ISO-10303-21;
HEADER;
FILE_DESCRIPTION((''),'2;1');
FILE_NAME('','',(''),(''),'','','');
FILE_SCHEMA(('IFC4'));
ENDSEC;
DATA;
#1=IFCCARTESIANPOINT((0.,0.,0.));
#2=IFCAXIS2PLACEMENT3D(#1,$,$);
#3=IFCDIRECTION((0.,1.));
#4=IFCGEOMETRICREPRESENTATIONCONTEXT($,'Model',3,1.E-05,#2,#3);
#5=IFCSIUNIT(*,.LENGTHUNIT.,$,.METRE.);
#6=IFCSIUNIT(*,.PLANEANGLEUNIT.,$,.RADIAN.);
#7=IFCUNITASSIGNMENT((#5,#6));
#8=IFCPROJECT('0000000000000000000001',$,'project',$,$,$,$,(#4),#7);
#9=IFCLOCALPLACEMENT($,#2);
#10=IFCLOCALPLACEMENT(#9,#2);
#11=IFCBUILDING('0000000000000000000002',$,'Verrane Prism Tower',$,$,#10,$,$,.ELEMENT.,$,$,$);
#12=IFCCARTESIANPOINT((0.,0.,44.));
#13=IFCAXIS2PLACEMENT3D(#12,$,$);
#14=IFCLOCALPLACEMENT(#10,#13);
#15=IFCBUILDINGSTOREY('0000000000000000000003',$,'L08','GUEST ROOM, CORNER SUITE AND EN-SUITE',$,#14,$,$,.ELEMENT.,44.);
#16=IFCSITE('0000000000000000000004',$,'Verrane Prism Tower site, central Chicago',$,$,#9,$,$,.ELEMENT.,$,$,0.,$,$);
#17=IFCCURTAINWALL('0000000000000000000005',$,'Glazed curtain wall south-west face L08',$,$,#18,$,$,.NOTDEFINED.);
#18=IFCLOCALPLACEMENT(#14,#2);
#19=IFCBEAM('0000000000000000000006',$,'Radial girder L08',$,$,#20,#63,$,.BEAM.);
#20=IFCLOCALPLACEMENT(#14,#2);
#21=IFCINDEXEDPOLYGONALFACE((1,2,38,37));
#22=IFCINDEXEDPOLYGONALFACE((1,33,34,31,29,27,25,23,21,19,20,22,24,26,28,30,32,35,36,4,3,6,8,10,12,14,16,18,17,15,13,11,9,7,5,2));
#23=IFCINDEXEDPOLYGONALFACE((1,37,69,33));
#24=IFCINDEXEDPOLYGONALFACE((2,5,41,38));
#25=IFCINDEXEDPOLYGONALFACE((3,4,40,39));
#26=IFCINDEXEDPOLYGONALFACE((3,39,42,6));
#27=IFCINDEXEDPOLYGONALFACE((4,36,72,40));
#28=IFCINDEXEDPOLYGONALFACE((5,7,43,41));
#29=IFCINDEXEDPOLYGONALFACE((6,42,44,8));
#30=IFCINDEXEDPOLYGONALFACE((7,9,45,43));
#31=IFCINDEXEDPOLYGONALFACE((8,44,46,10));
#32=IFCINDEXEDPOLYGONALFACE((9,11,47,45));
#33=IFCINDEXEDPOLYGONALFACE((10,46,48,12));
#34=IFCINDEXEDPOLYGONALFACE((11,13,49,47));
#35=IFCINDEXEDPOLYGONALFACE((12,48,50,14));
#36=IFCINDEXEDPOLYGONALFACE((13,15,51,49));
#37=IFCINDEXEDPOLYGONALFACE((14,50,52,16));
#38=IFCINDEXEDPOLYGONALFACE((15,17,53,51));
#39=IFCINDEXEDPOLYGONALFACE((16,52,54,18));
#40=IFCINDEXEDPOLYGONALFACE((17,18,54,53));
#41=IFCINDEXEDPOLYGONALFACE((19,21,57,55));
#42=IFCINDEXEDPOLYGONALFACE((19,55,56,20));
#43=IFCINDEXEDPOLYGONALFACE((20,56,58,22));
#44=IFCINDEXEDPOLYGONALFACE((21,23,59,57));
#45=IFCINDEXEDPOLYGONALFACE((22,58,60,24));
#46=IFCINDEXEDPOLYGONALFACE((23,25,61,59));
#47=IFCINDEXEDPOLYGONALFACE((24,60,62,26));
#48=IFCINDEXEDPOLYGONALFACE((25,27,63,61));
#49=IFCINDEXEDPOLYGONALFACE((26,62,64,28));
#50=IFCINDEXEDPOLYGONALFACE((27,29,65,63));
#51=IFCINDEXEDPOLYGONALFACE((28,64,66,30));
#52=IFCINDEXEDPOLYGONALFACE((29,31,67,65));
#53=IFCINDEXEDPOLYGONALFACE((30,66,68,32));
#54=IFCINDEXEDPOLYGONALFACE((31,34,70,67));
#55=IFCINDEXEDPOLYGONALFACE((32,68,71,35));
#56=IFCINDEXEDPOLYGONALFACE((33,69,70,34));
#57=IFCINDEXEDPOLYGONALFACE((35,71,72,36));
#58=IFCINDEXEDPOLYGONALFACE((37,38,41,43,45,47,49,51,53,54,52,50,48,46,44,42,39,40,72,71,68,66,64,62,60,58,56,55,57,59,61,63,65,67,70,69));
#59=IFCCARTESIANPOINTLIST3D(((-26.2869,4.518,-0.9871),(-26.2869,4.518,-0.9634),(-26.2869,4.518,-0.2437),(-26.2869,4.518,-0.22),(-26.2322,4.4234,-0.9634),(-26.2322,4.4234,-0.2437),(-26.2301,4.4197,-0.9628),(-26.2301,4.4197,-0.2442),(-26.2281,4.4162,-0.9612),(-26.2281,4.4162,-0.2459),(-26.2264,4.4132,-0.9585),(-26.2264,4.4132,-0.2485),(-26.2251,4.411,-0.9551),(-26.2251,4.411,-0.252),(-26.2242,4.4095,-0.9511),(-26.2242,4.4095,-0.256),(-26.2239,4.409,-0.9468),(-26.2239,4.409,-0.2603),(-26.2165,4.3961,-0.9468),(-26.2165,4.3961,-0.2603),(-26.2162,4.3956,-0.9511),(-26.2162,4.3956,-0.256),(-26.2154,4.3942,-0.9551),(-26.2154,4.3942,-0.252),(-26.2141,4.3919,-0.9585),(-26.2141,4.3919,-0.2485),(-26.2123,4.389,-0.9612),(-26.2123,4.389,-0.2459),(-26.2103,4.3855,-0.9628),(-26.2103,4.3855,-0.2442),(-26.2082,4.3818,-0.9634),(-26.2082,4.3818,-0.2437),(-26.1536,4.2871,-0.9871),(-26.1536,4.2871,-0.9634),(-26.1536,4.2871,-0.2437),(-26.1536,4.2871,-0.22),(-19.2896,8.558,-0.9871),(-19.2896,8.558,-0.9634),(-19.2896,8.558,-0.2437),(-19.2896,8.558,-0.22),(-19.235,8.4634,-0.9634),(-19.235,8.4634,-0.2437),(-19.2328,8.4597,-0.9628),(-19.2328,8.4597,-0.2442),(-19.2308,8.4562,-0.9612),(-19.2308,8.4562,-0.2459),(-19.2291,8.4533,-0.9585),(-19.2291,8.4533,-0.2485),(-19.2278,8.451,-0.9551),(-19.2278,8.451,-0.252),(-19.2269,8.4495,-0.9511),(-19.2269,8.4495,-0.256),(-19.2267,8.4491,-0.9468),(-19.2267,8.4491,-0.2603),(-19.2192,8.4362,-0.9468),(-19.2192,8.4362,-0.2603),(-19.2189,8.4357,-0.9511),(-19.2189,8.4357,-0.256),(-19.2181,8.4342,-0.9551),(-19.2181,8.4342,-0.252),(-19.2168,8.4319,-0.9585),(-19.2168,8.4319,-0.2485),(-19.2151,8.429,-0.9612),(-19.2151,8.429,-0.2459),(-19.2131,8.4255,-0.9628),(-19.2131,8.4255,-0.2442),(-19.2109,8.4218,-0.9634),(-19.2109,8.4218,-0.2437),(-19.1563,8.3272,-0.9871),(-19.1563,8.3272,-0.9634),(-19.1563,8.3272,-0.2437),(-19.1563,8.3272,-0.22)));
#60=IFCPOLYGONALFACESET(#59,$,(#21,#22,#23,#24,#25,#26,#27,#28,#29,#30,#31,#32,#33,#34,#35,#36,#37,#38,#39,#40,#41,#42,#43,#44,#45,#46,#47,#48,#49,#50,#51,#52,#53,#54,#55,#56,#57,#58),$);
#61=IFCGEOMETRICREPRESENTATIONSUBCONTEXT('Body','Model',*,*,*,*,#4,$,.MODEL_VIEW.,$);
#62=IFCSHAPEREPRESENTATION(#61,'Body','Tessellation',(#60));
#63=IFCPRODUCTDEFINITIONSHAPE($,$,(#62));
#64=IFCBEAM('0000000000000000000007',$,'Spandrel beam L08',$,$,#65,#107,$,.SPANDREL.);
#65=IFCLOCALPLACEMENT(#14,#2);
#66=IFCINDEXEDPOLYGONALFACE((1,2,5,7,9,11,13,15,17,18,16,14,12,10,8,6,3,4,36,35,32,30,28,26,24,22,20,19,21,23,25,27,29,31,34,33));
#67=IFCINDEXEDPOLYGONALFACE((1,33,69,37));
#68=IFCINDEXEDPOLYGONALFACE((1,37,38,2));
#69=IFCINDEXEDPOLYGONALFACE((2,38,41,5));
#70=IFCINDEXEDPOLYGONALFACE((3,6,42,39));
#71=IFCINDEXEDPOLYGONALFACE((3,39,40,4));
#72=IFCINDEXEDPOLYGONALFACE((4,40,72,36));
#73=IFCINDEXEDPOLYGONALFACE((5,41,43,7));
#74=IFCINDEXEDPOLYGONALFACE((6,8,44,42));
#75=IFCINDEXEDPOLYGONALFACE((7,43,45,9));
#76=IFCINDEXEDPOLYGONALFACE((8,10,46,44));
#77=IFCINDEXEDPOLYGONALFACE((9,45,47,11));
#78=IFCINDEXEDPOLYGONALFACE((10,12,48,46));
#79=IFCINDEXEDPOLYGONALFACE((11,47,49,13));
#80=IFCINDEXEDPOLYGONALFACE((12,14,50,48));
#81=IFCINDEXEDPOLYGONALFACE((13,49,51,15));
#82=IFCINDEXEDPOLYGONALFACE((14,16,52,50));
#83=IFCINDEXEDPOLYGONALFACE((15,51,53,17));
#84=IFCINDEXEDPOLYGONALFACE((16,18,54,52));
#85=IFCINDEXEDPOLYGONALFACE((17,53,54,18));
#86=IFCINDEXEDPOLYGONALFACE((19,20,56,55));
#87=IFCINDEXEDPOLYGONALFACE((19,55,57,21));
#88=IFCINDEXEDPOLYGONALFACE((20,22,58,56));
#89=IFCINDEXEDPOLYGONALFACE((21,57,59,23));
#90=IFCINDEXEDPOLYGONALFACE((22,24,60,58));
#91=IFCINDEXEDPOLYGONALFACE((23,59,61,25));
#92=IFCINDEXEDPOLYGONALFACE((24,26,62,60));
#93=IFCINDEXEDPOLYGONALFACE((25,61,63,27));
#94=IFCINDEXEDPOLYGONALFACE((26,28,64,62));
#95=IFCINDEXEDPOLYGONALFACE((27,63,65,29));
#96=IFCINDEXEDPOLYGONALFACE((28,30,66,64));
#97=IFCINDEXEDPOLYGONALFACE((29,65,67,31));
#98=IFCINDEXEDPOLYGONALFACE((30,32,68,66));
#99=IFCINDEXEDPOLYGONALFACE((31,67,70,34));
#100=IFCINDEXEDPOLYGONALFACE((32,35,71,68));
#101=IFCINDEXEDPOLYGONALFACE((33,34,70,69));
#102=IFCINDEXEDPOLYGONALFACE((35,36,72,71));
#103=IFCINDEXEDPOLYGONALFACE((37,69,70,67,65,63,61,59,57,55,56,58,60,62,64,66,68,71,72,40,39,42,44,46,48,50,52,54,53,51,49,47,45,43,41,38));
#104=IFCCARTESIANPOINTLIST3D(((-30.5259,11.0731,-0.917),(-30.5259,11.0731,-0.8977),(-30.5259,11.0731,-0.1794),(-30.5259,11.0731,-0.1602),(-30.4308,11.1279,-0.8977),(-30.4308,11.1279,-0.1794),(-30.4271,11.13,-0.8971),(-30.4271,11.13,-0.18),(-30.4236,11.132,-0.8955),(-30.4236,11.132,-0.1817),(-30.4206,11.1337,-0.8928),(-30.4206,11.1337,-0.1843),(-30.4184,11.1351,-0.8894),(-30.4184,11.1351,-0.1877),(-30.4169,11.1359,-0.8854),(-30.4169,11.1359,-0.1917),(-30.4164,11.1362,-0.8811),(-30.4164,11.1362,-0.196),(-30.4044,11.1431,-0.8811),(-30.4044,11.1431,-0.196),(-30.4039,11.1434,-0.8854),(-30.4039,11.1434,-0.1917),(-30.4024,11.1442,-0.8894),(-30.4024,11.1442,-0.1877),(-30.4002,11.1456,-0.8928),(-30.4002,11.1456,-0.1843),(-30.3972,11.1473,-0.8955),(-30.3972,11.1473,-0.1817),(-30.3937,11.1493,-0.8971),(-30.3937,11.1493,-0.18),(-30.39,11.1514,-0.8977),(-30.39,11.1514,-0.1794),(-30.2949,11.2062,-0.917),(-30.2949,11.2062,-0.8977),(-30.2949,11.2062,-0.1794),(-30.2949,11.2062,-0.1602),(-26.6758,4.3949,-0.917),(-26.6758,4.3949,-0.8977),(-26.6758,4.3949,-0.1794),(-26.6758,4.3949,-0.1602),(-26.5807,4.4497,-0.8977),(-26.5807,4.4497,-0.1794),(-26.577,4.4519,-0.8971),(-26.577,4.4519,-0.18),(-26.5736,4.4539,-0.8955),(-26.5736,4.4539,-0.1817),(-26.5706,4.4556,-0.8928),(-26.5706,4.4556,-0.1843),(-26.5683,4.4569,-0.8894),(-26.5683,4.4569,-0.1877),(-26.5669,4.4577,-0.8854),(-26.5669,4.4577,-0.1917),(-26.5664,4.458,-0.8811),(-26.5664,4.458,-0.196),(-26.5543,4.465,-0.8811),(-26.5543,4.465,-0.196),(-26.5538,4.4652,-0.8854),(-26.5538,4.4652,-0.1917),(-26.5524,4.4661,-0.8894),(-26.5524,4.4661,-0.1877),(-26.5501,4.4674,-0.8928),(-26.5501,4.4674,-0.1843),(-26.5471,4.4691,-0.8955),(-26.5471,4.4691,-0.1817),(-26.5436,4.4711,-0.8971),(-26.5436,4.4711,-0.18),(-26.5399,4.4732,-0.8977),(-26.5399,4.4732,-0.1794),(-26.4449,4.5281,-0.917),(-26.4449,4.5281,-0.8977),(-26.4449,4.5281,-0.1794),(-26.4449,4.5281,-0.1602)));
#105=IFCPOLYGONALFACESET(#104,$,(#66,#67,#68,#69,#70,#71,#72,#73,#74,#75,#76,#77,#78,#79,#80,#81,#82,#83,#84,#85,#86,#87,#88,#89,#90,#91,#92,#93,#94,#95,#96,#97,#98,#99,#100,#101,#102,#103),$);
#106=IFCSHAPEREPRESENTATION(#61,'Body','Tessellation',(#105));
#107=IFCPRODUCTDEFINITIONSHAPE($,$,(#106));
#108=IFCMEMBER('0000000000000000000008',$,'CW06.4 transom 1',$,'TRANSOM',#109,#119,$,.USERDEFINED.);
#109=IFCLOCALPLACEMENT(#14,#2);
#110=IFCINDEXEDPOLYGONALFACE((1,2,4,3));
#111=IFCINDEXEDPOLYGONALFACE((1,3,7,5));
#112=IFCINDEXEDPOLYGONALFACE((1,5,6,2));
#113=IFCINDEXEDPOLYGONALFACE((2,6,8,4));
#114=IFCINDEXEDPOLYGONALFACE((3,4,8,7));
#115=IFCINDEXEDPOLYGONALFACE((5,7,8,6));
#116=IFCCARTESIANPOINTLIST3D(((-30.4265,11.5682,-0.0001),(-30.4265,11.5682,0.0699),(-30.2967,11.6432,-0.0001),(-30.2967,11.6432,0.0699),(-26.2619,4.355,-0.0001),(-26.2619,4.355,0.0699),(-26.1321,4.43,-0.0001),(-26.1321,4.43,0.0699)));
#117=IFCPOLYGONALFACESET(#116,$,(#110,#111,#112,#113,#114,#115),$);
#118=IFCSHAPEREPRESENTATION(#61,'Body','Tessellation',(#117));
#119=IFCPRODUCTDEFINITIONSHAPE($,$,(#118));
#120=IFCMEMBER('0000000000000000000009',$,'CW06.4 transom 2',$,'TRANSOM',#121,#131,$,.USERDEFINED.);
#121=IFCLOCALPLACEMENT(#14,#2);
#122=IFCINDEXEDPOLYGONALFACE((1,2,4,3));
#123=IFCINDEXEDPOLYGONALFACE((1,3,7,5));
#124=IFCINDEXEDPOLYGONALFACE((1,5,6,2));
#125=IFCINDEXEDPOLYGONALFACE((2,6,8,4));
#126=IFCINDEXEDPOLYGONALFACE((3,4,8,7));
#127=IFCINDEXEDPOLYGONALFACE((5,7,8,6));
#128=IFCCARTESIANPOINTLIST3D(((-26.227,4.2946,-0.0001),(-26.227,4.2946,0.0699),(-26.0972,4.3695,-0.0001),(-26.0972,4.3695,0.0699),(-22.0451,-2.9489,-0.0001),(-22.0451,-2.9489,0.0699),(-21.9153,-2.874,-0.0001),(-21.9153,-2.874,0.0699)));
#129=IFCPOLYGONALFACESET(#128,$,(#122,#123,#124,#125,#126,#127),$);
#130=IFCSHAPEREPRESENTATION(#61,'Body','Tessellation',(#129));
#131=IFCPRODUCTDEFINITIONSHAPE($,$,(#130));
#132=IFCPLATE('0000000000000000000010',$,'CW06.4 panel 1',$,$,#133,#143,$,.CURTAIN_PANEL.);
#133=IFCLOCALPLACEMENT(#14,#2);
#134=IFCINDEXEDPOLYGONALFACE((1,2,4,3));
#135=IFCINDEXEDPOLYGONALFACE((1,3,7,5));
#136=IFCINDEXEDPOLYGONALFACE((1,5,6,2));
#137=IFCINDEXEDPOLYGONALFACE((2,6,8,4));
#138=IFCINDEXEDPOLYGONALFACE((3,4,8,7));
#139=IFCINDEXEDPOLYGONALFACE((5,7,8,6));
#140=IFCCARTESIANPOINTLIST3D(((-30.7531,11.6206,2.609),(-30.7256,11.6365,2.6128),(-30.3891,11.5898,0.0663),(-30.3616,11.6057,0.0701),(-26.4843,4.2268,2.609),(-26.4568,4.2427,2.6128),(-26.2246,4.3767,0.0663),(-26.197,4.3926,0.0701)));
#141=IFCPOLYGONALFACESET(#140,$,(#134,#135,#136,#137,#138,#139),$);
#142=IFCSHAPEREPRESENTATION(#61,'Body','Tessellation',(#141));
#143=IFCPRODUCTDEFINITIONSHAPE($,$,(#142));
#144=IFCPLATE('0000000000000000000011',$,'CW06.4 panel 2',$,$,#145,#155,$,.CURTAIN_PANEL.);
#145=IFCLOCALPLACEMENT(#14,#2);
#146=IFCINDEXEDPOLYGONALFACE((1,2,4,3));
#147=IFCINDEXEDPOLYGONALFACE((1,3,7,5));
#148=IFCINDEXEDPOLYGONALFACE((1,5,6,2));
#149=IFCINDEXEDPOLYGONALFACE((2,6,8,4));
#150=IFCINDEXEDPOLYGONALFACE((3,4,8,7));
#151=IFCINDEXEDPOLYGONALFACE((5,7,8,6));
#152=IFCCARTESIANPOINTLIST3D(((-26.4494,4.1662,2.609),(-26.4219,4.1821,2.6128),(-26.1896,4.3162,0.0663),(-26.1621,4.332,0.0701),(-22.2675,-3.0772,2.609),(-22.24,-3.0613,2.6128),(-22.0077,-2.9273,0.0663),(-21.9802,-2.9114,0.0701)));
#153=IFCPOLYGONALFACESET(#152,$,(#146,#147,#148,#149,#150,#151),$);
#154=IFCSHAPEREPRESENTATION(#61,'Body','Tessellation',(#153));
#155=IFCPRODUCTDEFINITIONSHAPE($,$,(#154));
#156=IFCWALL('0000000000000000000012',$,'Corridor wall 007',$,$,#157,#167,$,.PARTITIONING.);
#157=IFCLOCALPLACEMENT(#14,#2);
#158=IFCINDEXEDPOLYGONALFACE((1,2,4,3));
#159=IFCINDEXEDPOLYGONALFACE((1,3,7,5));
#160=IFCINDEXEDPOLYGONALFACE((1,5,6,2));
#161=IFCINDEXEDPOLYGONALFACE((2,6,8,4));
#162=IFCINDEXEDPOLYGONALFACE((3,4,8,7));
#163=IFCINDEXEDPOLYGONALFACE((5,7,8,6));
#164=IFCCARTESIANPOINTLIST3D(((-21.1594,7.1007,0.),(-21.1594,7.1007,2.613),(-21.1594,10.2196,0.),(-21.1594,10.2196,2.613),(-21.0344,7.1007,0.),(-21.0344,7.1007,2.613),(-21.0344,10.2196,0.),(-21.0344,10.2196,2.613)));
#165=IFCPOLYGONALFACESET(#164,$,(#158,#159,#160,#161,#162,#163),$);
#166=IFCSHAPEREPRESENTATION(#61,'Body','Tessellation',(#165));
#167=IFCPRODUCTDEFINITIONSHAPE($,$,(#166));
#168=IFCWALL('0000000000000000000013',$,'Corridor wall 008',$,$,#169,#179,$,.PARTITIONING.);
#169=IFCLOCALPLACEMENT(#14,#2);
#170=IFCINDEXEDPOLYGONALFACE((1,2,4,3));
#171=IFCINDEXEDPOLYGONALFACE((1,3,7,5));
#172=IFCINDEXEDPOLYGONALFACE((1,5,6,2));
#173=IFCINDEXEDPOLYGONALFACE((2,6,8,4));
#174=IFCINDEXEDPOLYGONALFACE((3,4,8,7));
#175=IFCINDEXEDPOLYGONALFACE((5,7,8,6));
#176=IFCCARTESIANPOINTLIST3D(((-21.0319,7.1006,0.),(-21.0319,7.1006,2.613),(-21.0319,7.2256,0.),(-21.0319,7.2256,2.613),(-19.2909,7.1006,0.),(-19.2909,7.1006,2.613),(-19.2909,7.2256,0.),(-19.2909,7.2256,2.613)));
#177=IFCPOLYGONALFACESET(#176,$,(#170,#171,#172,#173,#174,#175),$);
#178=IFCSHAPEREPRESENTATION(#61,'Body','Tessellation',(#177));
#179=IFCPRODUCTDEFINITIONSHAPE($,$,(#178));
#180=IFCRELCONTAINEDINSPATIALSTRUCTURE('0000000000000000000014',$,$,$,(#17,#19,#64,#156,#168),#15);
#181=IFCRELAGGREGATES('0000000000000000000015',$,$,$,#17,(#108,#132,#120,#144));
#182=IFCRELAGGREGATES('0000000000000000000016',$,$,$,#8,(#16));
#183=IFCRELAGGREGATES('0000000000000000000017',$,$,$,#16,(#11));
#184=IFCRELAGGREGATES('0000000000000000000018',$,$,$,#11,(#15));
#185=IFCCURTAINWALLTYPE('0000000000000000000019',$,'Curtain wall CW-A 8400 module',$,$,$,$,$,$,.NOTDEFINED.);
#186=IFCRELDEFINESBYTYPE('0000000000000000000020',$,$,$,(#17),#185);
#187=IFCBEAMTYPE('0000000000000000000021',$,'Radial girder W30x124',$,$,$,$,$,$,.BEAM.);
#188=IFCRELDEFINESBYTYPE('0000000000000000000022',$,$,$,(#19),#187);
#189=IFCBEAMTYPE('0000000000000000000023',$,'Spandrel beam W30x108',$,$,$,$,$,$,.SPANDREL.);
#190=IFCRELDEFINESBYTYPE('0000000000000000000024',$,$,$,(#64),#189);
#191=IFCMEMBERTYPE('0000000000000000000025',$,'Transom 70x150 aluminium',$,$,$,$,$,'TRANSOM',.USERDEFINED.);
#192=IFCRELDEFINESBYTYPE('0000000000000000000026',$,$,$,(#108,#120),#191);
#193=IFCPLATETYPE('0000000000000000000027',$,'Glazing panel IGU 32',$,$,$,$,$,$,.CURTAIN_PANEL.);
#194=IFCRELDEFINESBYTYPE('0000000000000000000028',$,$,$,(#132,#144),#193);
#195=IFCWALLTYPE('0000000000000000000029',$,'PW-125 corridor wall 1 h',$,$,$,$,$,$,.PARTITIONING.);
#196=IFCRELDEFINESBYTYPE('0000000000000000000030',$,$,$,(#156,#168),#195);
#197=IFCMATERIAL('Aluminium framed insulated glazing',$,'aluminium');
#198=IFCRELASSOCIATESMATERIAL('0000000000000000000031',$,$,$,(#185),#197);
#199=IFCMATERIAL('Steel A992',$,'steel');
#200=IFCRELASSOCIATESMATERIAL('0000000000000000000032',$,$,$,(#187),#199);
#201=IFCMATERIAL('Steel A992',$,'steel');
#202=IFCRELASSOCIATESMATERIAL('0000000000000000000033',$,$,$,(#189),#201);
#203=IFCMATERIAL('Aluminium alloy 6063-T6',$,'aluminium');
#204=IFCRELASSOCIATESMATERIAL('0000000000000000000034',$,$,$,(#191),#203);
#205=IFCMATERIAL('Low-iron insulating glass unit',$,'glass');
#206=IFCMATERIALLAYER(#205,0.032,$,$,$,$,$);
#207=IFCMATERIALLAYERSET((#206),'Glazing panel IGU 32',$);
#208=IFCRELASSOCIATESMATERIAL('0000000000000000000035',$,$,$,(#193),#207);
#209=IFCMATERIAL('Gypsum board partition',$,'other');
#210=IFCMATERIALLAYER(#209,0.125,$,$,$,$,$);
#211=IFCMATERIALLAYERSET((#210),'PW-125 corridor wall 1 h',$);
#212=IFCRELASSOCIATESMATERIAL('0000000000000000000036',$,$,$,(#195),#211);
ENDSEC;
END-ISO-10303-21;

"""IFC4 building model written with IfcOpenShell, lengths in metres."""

from ifc_helpers import new_model, si_unit, direction, frame, frame_2d, origin, origin_2d, place, context, subcontext, project, spatial, polyline, rectangle, i_section, outline, extrude, material, layer, layer_set, material_profile, profile_set, type_object, element, aggregate, save


model = new_model("IFC4")

# Units and contexts
model_context = context("Model", 3, precision=1e-05, world=origin(), true_north=direction((0.0, 1.0)))
body_context = subcontext(model_context, "Body", "Model", "MODEL_VIEW")
ifc_project = project(units=[si_unit("LENGTHUNIT", "METRE"), si_unit("PLANEANGLEUNIT", "RADIAN")], contexts=[model_context])

# Site, building, storey
site_placement = place(None, origin())
site = spatial("IfcSite", under=ifc_project, at=site_placement, Name="Verrane Prism Tower site, central Chicago", CompositionType="ELEMENT", RefElevation=0.0)
building_placement = place(site_placement, origin())
building = spatial("IfcBuilding", under=site, at=building_placement, Name="Verrane Prism Tower", CompositionType="ELEMENT")
storey_placement = place(building_placement, frame((0.0, 0.0, 44.0)))
storey = spatial("IfcBuildingStorey", under=building, at=storey_placement, Name="L08", Description="GUEST ROOM, CORNER SUITE AND EN-SUITE", CompositionType="ELEMENT", Elevation=44.0)

# Curtain wall
ifc_material_1 = material(Name="Aluminium framed insulated glazing", Category="aluminium")
curtain_wall_type = type_object("IfcCurtainWallType", Name="Curtain wall CW-A 8400 module", PredefinedType="NOTDEFINED", material=ifc_material_1)
curtain_wall_placement = place(storey_placement, origin())
curtain_wall = element("IfcCurtainWall", 1, at=curtain_wall_placement, inside=storey, type_object=curtain_wall_type, Name="Glazed curtain wall south-west face L08", PredefinedType="NOTDEFINED")

# Beams
ifc_material_2 = material(Name="Steel A992", Category="steel")
ifc_material_profile_1 = material_profile(ifc_material_2, i_section(OverallWidth=0.2666, OverallDepth=0.7671, WebThickness=0.0149, FlangeThickness=0.0237, FilletRadius=0.0166, at=origin_2d()), Name="W30x124")
ifc_profile_set_1 = profile_set([ifc_material_profile_1], Name="Steel A992")
beam_type_1 = type_object("IfcBeamType", Name="Radial girder W30x124", PredefinedType="BEAM", material=ifc_profile_set_1)
beam_1_placement = place(storey_placement, frame((-26.2202, 4.4026, -0.6035), z_axis=(0.866018, 0.500013, 0.0), x_axis=(-0.500013, 0.866018, 0.0)))
element("IfcBeam", 2, at=beam_1_placement, inside=storey, type_object=beam_type_1, Name="Radial girder L08", PredefinedType="BEAM", context=body_context, shape_type="SweptSolid", body=[
    extrude(i_section(OverallWidth=0.2666, OverallDepth=0.7671, WebThickness=0.0149, FlangeThickness=0.0237, FilletRadius=0.0166, at=origin_2d()), origin(), (0.0, 0.0, 1.0), 8.0798),
])
ifc_material_3 = material(Name="Steel A992", Category="steel")
ifc_material_profile_2 = material_profile(ifc_material_3, i_section(OverallWidth=0.2666, OverallDepth=0.7568, WebThickness=0.0139, FlangeThickness=0.0193, FilletRadius=0.0166, at=origin_2d()), Name="W30x108")
ifc_profile_set_2 = profile_set([ifc_material_profile_2], Name="Steel A992")
beam_type_2 = type_object("IfcBeamType", Name="Spandrel beam W30x108", PredefinedType="SPANDREL", material=ifc_profile_set_2)
beam_2_placement = place(storey_placement, frame((-30.4104, 11.1396, -0.5386), z_axis=(0.499457, -0.866338, 0.0), x_axis=(0.866338, 0.499457, 0.0)))
element("IfcBeam", 3, at=beam_2_placement, inside=storey, type_object=beam_type_2, Name="Spandrel beam L08", PredefinedType="SPANDREL", context=body_context, shape_type="SweptSolid", body=[
    extrude(i_section(OverallWidth=0.2666, OverallDepth=0.7568, WebThickness=0.0139, FlangeThickness=0.0193, FilletRadius=0.0166, at=origin_2d()), origin(), (0.0, 0.0, 1.0), 7.7085),
])

# Members
ifc_material_4 = material(Name="Aluminium alloy 6063-T6", Category="aluminium")
ifc_material_profile_3 = material_profile(ifc_material_4, rectangle(XDim=0.1499, YDim=0.0701, at=origin_2d()), Name="Transom 70x150 aluminium")
ifc_profile_set_3 = profile_set([ifc_material_profile_3], Name="Aluminium alloy 6063-T6")
member_type_1 = type_object("IfcMemberType", Name="Transom 70x150 aluminium", ElementType="TRANSOM", PredefinedType="USERDEFINED", material=ifc_profile_set_3)
member_1_placement = place(storey_placement, frame((-30.3616, 11.6057, 0.0349), z_axis=(0.500004, -0.866023, 0.0), x_axis=(0.866023, 0.500004, 0.0)))
member_1 = element("IfcMember", 4, at=member_1_placement, type_object=member_type_1, Name="CW06.4 transom 1", ObjectType="TRANSOM", PredefinedType="USERDEFINED", context=body_context, shape_type="SweptSolid", body=[
    extrude(rectangle(XDim=0.1499, YDim=0.0701, at=origin_2d()), origin(), (0.0, 0.0, 1.0), 8.3291),
])
member_2_placement = place(storey_placement, frame((-26.1621, 4.332, 0.0349), z_axis=(0.499991, -0.866031, 0.0), x_axis=(0.866031, 0.499991, 0.0)))
member_2 = element("IfcMember", 5, at=member_2_placement, type_object=member_type_1, Name="CW06.4 transom 2", ObjectType="TRANSOM", PredefinedType="USERDEFINED", context=body_context, shape_type="SweptSolid", body=[
    extrude(rectangle(XDim=0.1499, YDim=0.0701, at=origin_2d()), origin(), (0.0, 0.0, 1.0), 8.364),
])

# Plates
ifc_material_5 = material(Name="Low-iron insulating glass unit", Category="glass")
ifc_layer_1 = layer(ifc_material_5, 0.032)
ifc_layer_set_1 = layer_set([ifc_layer_1], Name="Glazing panel IGU 32")
plate_type = type_object("IfcPlateType", Name="Glazing panel IGU 32", PredefinedType="CURTAIN_PANEL", material=ifc_layer_set_1)
plate_1_placement = place(storey_placement, frame((-30.3616, 11.6057, 0.0701), z_axis=(0.860064, 0.49656, 0.117128), x_axis=(0.500001, -0.866025, 0.0)))
plate_1 = element("IfcPlate", 6, at=plate_1_placement, type_object=plate_type, Name="CW06.4 panel 1", PredefinedType="CURTAIN_PANEL", context=body_context, shape_type="SweptSolid", body=[
    extrude(outline(polyline([(0.0, 0.0), (8.329, 0.0), (8.329, -2.5604), (-0.2086, -2.5603), (0.0, 0.0)])), origin(), (0.0, 0.0, -1.0), 0.032),
])
plate_2_placement = place(storey_placement, frame((-26.1621, 4.332, 0.0701), z_axis=(0.860068, 0.496549, 0.117138), x_axis=(0.499991, -0.866031, 0.0)))
plate_2 = element("IfcPlate", 7, at=plate_2_placement, type_object=plate_type, Name="CW06.4 panel 2", PredefinedType="CURTAIN_PANEL", context=body_context, shape_type="SweptSolid", body=[
    extrude(outline(polyline([(0.0, 0.0), (8.3639, 0.0), (8.3639, -2.5604), (-0.0001, -2.5604), (0.0, 0.0)])), origin(), (0.0, 0.0, -1.0), 0.032),
])
aggregate(curtain_wall, [member_1, plate_1, member_2, plate_2])

# Walls
ifc_material_6 = material(Name="Gypsum board partition", Category="other")
ifc_layer_2 = layer(ifc_material_6, 0.125)
ifc_layer_set_2 = layer_set([ifc_layer_2], Name="PW-125 corridor wall 1 h")
wall_type_1 = type_object("IfcWallType", Name="PW-125 corridor wall 1 h", PredefinedType="PARTITIONING", material=ifc_layer_set_2)
wall_1_placement = place(storey_placement, frame((-21.0969, 7.1006, 0.0), z_axis=(0.0, 0.0, 1.0), x_axis=(0.0, 1.0, 0.0)))
element("IfcWall", 8, at=wall_1_placement, inside=storey, type_object=wall_type_1, Name="Corridor wall 007", PredefinedType="PARTITIONING", context=body_context, shape_type="SweptSolid", body=[
    extrude(rectangle(XDim=3.1189, YDim=0.125, at=frame_2d((1.5596, 0.0))), origin(), (0.0, 0.0, 1.0), 2.613),
])
wall_2_placement = place(storey_placement, frame((-21.032, 7.1631, 0.0), z_axis=(0.0, 0.0, 1.0), x_axis=(1.0, 0.0, 0.0)))
element("IfcWall", 9, at=wall_2_placement, inside=storey, type_object=wall_type_1, Name="Corridor wall 008", PredefinedType="PARTITIONING", context=body_context, shape_type="SweptSolid", body=[
    extrude(rectangle(XDim=1.741, YDim=0.125, at=frame_2d((0.8706, 0.0))), origin(), (0.0, 0.0, 1.0), 2.613),
])

save(model, "model.ifc")
